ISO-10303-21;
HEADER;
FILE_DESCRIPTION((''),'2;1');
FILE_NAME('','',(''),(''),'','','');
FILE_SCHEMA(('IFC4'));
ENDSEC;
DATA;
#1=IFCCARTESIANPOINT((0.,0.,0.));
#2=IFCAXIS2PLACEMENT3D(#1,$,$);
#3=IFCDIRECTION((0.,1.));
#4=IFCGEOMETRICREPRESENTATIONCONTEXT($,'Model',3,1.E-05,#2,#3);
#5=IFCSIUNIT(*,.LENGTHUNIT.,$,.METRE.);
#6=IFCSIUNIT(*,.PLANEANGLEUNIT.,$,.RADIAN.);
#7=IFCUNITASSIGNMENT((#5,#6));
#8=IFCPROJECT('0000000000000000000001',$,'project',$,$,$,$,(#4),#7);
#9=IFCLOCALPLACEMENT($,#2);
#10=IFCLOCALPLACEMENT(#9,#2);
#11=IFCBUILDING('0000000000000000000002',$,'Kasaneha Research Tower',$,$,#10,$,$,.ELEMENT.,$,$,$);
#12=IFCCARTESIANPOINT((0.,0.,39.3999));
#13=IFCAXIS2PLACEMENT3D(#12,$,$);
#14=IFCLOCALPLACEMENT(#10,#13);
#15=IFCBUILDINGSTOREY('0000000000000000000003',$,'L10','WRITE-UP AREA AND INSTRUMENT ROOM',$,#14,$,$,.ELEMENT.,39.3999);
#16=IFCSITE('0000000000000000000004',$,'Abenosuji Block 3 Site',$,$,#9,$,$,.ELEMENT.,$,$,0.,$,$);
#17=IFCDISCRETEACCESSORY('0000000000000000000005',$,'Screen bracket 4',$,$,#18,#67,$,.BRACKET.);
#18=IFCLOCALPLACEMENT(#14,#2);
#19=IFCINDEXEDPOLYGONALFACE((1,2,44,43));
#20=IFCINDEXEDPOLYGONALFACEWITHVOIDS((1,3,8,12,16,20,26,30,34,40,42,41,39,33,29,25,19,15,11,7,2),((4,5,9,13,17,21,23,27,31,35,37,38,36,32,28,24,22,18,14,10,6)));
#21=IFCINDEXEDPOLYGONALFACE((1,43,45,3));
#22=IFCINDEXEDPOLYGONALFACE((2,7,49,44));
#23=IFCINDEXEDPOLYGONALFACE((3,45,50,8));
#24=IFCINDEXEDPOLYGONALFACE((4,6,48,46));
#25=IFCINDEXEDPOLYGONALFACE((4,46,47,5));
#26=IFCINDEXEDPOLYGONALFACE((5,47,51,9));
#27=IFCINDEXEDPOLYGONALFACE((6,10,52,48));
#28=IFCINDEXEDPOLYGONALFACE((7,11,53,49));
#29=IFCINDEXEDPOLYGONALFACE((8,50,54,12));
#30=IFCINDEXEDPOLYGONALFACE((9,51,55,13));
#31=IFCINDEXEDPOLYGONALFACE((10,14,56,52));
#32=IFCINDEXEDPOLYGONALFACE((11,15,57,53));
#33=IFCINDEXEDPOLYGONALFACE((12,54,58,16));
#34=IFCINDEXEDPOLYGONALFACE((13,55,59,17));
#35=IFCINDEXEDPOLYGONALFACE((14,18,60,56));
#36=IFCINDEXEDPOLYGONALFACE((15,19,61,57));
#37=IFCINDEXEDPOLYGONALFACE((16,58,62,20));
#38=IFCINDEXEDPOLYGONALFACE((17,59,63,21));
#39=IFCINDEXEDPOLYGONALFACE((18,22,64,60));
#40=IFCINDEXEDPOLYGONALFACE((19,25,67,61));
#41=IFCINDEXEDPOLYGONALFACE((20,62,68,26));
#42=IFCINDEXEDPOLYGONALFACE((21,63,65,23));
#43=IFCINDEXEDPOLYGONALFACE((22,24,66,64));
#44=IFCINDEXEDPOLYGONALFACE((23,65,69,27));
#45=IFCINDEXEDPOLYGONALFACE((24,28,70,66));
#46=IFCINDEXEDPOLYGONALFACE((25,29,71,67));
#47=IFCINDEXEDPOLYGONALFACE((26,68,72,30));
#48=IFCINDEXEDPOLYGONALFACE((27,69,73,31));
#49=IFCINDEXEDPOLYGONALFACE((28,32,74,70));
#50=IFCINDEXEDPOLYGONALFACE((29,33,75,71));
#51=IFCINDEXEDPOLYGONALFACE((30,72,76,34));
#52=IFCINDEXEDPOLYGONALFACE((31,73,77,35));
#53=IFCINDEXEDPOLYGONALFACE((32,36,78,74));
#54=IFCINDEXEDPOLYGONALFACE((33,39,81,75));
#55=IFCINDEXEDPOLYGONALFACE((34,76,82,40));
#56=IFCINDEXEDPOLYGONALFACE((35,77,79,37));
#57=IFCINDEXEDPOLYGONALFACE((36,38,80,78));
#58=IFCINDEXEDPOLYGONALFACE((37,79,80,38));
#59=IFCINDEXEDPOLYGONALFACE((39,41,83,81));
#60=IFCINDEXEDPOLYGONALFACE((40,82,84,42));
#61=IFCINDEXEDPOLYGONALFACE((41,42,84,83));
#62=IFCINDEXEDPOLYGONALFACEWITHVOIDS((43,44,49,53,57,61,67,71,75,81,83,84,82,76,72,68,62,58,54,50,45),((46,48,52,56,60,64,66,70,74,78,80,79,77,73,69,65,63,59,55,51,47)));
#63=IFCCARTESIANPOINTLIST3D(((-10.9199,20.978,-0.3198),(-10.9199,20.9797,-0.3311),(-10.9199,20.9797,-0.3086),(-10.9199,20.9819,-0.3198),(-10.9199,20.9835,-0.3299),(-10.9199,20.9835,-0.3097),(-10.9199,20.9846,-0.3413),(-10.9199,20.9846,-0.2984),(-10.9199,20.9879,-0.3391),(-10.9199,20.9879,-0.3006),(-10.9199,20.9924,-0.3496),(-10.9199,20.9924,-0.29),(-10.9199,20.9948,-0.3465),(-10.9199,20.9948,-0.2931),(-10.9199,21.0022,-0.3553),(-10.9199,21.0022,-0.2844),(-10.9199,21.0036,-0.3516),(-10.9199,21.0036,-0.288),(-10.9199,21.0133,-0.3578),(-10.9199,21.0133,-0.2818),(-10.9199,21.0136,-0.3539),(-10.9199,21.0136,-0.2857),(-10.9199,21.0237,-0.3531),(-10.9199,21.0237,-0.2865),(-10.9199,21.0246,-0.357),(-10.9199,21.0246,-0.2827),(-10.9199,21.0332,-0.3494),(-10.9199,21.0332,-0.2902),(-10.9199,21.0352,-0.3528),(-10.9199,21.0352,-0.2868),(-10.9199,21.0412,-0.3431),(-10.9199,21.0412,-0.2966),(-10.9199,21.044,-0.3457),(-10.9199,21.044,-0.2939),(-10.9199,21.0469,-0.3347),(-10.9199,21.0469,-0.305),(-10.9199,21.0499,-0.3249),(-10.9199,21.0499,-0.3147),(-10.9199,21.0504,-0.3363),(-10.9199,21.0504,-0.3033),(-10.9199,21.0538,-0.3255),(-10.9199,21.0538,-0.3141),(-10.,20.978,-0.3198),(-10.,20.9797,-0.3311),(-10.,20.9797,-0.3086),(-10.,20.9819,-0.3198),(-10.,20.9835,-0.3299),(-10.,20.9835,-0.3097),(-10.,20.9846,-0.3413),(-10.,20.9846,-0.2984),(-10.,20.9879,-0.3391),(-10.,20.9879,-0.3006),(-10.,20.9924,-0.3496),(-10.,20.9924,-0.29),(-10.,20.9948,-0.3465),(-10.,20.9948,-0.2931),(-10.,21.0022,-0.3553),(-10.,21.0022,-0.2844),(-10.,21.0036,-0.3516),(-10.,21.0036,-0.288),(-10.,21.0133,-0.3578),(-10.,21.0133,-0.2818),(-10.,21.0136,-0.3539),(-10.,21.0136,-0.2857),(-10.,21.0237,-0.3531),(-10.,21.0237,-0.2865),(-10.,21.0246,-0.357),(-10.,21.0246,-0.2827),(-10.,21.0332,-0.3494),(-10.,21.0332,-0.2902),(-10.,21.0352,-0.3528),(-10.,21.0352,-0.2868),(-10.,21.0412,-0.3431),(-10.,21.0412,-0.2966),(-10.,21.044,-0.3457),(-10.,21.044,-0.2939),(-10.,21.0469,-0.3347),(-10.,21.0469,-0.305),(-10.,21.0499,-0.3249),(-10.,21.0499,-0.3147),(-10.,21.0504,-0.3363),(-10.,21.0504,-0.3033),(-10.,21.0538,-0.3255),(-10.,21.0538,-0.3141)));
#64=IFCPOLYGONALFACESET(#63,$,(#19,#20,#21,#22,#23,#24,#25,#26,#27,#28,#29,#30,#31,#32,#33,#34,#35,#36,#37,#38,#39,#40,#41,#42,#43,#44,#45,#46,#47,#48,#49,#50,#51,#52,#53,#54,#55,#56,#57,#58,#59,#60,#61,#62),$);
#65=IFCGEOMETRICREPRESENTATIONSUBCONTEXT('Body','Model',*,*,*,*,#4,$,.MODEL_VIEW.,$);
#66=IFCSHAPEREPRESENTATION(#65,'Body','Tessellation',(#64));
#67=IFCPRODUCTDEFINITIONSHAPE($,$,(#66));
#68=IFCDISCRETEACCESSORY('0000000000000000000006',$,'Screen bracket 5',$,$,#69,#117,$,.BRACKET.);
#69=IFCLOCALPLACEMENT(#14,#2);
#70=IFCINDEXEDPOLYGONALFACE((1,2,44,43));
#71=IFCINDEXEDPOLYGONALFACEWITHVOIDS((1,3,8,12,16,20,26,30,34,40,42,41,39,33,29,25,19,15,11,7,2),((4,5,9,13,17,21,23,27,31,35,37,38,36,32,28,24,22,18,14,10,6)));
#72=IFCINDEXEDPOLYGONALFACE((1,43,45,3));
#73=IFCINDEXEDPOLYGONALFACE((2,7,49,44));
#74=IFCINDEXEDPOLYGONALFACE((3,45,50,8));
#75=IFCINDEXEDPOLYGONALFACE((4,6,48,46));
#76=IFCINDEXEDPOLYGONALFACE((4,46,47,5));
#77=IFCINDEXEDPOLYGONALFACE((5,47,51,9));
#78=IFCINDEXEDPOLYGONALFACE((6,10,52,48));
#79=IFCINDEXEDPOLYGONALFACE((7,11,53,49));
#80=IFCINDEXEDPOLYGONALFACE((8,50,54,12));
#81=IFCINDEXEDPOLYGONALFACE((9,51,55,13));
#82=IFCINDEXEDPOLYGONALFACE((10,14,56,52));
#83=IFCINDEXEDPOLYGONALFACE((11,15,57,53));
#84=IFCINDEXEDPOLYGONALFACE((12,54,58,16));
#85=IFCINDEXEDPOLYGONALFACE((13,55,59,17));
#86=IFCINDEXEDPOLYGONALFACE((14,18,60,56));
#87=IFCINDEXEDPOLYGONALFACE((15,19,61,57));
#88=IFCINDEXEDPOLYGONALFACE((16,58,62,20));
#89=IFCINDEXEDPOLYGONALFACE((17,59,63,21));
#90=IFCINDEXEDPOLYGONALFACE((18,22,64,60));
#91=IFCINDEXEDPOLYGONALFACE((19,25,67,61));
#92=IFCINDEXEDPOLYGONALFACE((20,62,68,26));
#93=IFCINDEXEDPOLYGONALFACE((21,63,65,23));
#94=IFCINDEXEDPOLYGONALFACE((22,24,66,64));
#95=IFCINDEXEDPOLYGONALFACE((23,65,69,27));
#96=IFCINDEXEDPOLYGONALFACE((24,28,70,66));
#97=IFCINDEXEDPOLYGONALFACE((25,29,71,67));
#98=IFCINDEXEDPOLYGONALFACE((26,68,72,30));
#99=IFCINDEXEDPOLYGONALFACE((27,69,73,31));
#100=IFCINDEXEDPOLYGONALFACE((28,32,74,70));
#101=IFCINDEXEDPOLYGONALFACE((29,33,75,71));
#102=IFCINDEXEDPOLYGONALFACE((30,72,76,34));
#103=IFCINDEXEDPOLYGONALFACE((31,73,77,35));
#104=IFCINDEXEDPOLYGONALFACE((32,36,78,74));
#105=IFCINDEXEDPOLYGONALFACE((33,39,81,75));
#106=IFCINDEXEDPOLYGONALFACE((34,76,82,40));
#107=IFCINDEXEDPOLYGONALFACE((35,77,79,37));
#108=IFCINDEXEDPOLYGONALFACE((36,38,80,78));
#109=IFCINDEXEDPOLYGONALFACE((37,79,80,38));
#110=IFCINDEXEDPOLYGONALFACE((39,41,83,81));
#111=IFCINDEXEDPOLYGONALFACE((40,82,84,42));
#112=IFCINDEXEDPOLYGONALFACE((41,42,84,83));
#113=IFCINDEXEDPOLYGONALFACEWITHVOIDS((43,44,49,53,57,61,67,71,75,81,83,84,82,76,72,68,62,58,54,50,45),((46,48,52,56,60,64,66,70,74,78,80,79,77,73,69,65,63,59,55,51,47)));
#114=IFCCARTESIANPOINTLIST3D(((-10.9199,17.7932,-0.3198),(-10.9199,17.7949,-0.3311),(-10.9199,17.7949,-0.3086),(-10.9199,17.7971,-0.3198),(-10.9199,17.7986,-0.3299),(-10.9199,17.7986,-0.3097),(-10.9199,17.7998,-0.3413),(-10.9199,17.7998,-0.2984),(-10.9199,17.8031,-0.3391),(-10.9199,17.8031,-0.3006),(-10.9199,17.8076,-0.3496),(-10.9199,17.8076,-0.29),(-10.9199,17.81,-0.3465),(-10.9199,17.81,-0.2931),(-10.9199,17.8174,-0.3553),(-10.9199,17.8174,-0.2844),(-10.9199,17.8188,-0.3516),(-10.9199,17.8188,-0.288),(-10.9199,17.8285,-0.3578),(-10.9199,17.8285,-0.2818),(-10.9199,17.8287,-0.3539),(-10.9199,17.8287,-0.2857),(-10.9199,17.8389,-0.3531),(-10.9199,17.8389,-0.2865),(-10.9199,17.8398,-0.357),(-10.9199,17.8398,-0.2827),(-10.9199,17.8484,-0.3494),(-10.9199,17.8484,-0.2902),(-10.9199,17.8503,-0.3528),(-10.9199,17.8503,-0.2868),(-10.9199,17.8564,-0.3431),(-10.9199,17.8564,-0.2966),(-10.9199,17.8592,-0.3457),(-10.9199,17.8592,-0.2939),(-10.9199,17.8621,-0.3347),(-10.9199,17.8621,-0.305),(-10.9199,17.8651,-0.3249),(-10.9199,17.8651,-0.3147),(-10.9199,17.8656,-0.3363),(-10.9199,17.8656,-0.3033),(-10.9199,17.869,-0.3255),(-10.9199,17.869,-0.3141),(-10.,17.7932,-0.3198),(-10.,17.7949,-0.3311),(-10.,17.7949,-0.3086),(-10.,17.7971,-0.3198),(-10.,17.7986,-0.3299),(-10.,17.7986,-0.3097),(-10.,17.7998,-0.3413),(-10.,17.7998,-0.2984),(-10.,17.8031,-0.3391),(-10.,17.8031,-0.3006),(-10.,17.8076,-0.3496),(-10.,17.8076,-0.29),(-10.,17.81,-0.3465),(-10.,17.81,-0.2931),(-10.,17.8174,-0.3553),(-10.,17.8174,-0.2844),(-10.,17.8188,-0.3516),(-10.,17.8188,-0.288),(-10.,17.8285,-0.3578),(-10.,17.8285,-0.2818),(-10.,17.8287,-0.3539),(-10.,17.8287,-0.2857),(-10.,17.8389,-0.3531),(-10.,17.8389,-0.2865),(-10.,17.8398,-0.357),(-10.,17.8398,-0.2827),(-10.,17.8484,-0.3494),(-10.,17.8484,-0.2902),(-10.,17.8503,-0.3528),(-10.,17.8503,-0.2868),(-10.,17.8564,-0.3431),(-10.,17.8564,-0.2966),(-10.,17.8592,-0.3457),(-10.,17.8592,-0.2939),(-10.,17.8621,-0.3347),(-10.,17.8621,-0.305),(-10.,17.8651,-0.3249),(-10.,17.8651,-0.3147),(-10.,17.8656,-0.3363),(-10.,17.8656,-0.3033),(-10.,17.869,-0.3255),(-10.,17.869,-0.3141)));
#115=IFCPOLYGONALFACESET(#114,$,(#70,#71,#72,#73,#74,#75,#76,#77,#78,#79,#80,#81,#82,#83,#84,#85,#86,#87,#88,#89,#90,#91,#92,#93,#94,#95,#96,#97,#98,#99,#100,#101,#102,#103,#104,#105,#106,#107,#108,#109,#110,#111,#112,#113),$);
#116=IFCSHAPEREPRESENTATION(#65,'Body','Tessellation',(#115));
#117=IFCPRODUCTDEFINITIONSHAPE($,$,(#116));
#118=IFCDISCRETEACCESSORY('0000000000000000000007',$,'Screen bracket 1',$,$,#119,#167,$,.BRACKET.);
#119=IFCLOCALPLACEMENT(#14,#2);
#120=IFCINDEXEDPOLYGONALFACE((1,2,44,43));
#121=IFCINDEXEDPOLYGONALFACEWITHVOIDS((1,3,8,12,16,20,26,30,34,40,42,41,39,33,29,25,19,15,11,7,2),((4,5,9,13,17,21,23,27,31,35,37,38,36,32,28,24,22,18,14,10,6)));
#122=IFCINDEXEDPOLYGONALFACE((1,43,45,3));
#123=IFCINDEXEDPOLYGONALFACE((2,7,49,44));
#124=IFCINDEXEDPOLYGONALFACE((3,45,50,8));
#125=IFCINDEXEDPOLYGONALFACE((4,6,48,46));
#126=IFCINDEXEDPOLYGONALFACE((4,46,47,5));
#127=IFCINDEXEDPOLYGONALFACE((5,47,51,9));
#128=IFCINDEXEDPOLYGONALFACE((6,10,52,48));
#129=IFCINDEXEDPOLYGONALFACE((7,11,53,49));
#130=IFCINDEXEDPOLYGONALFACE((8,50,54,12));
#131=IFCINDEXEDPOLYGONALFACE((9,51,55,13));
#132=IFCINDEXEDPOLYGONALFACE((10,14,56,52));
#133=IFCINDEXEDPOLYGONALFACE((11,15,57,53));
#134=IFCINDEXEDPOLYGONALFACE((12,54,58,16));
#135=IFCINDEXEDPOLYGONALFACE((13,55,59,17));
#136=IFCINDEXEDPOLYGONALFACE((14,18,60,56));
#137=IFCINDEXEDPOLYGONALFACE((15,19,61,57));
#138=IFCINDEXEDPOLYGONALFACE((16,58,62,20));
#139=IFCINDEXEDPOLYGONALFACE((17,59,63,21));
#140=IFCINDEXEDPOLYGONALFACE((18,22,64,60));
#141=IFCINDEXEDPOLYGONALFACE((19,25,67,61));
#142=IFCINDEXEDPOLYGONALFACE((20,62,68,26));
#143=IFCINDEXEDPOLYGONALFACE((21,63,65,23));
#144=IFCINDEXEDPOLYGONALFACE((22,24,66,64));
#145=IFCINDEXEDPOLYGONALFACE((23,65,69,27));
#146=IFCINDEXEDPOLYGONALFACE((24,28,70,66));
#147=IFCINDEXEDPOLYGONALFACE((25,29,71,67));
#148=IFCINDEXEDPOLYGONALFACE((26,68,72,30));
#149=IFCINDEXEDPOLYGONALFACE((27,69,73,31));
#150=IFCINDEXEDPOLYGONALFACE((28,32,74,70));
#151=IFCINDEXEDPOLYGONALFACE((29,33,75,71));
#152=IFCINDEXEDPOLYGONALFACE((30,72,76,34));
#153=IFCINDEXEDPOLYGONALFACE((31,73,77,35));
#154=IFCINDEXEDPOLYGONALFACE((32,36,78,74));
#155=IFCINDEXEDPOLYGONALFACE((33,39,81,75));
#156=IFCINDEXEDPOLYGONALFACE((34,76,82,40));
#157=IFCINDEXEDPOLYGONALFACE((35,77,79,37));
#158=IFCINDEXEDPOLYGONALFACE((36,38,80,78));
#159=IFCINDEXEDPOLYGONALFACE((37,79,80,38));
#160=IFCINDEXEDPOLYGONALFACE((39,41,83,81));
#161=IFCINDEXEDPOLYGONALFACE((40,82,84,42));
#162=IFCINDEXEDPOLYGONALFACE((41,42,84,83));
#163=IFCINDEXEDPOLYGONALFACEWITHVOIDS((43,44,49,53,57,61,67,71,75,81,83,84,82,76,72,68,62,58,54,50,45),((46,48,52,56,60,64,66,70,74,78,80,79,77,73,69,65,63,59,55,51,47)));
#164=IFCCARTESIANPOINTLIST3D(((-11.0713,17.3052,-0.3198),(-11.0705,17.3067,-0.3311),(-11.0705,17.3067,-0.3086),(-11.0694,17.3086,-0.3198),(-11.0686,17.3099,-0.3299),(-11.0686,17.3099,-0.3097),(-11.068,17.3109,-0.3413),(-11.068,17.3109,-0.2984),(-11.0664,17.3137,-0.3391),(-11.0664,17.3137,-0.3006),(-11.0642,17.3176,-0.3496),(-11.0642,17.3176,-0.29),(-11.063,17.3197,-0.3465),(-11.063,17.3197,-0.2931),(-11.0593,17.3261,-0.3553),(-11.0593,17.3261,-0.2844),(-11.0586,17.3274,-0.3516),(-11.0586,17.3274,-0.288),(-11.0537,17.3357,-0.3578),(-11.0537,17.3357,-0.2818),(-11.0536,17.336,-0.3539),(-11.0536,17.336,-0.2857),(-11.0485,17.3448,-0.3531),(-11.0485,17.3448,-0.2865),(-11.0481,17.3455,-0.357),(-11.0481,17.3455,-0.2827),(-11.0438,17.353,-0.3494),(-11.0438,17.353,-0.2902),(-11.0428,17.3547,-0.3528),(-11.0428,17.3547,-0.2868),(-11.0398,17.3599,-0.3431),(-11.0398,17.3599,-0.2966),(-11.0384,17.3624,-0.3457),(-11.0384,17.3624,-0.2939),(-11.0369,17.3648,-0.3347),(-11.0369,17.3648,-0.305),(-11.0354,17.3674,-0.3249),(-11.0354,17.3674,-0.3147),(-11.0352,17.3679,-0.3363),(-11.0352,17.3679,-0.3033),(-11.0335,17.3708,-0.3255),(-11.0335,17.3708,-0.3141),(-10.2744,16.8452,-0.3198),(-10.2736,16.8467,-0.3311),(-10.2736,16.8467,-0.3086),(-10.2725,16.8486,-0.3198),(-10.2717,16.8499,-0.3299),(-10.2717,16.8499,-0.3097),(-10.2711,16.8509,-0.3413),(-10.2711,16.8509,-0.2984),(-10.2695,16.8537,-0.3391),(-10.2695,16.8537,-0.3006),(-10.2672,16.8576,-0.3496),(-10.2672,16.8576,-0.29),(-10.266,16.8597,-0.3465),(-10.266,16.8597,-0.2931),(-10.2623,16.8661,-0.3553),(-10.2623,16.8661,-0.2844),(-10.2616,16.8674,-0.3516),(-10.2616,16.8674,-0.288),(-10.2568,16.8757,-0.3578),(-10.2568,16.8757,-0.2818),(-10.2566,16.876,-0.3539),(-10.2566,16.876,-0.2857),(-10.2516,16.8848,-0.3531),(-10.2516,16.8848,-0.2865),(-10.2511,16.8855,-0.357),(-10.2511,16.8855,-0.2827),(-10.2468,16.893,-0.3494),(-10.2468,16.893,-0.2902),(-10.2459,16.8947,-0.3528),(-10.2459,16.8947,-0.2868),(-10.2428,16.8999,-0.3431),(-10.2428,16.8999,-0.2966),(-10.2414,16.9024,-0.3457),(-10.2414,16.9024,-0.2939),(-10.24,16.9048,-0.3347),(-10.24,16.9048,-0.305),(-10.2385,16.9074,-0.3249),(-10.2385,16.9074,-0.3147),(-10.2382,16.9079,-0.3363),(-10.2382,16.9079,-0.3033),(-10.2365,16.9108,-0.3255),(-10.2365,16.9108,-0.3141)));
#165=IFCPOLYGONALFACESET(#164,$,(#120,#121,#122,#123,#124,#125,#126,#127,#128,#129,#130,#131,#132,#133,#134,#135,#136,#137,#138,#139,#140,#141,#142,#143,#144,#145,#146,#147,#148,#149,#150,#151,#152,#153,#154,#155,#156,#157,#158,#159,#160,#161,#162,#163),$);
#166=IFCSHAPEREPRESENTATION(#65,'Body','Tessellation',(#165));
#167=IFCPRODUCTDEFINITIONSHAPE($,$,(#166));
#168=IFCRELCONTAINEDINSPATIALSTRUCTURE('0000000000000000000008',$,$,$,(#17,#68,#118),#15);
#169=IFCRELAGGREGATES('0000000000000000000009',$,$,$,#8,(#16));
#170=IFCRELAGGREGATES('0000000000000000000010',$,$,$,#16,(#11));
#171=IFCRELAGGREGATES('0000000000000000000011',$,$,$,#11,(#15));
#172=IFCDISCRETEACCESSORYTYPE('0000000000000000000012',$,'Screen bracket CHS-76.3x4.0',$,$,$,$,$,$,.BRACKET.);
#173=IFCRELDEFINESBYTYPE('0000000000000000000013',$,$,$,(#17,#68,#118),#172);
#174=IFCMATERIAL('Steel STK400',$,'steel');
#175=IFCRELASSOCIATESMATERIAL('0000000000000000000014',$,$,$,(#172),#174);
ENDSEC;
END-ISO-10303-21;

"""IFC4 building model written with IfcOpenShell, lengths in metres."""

from ifc_helpers import new_model, si_unit, direction, frame, origin, origin_2d, place, context, subcontext, project, spatial, hollow_circle, extrude, material, material_profile, profile_set, type_object, element, save


model = new_model("IFC4")

# Units and contexts
model_context = context("Model", 3, precision=1e-05, world=origin(), true_north=direction((0.0, 1.0)))
body_context = subcontext(model_context, "Body", "Model", "MODEL_VIEW")
ifc_project = project(units=[si_unit("LENGTHUNIT", "METRE"), si_unit("PLANEANGLEUNIT", "RADIAN")], contexts=[model_context])

# Site, building, storey
site_placement = place(None, origin())
site = spatial("IfcSite", under=ifc_project, at=site_placement, Name="Abenosuji Block 3 Site", CompositionType="ELEMENT", RefElevation=0.0)
building_placement = place(site_placement, origin())
building = spatial("IfcBuilding", under=site, at=building_placement, Name="Kasaneha Research Tower", CompositionType="ELEMENT")
storey_placement = place(building_placement, frame((0.0, 0.0, 39.3999)))
storey = spatial("IfcBuildingStorey", under=building, at=storey_placement, Name="L10", Description="WRITE-UP AREA AND INSTRUMENT ROOM", CompositionType="ELEMENT", Elevation=39.3999)

# Discrete accessories
ifc_material_1 = material(Name="Steel STK400", Category="steel")
ifc_material_profile_1 = material_profile(ifc_material_1, hollow_circle(Radius=0.0381, WallThickness=0.0039, at=origin_2d()), Name="CHS-76.3x4.0")
ifc_profile_set_1 = profile_set([ifc_material_profile_1], Name="Steel STK400")
discrete_accessory_type = type_object("IfcDiscreteAccessoryType", Name="Screen bracket CHS-76.3x4.0", PredefinedType="BRACKET", material=ifc_profile_set_1)
for number, where, z_axis, x_axis, name in (
    (1, (-10.0, 21.0161, -0.3198), (-1.0, 0.0, 0.0), (0.0, -1.0, 0.0), "Screen bracket 4"),
    (2, (-10.0, 17.8313, -0.3198), (-1.0, 0.0, 0.0), (0.0, -1.0, 0.0), "Screen bracket 5"),
):
    element("IfcDiscreteAccessory", number, at=place(storey_placement, frame(where, z_axis=z_axis, x_axis=x_axis)), inside=storey, type_object=discrete_accessory_type, Name=name, PredefinedType="BRACKET", context=body_context, shape_type="SweptSolid", body=[
        extrude(hollow_circle(Radius=0.0381, WallThickness=0.0039, at=origin_2d()), origin(), (0.0, 0.0, 1.0), 0.9199),
    ])
discrete_accessory_1_placement = place(storey_placement, frame((-10.2554, 16.8782, -0.3198), z_axis=(-0.86608, 0.499906, 0.0), x_axis=(-0.499906, -0.86608, 0.0)))
element("IfcDiscreteAccessory", 3, at=discrete_accessory_1_placement, inside=storey, type_object=discrete_accessory_type, Name="Screen bracket 1", PredefinedType="BRACKET", context=body_context, shape_type="SweptSolid", body=[
    extrude(hollow_circle(Radius=0.0381, WallThickness=0.0039, at=origin_2d()), origin(), (0.0, 0.0, 1.0), 0.9202),
])

save(model, "model.ifc")
